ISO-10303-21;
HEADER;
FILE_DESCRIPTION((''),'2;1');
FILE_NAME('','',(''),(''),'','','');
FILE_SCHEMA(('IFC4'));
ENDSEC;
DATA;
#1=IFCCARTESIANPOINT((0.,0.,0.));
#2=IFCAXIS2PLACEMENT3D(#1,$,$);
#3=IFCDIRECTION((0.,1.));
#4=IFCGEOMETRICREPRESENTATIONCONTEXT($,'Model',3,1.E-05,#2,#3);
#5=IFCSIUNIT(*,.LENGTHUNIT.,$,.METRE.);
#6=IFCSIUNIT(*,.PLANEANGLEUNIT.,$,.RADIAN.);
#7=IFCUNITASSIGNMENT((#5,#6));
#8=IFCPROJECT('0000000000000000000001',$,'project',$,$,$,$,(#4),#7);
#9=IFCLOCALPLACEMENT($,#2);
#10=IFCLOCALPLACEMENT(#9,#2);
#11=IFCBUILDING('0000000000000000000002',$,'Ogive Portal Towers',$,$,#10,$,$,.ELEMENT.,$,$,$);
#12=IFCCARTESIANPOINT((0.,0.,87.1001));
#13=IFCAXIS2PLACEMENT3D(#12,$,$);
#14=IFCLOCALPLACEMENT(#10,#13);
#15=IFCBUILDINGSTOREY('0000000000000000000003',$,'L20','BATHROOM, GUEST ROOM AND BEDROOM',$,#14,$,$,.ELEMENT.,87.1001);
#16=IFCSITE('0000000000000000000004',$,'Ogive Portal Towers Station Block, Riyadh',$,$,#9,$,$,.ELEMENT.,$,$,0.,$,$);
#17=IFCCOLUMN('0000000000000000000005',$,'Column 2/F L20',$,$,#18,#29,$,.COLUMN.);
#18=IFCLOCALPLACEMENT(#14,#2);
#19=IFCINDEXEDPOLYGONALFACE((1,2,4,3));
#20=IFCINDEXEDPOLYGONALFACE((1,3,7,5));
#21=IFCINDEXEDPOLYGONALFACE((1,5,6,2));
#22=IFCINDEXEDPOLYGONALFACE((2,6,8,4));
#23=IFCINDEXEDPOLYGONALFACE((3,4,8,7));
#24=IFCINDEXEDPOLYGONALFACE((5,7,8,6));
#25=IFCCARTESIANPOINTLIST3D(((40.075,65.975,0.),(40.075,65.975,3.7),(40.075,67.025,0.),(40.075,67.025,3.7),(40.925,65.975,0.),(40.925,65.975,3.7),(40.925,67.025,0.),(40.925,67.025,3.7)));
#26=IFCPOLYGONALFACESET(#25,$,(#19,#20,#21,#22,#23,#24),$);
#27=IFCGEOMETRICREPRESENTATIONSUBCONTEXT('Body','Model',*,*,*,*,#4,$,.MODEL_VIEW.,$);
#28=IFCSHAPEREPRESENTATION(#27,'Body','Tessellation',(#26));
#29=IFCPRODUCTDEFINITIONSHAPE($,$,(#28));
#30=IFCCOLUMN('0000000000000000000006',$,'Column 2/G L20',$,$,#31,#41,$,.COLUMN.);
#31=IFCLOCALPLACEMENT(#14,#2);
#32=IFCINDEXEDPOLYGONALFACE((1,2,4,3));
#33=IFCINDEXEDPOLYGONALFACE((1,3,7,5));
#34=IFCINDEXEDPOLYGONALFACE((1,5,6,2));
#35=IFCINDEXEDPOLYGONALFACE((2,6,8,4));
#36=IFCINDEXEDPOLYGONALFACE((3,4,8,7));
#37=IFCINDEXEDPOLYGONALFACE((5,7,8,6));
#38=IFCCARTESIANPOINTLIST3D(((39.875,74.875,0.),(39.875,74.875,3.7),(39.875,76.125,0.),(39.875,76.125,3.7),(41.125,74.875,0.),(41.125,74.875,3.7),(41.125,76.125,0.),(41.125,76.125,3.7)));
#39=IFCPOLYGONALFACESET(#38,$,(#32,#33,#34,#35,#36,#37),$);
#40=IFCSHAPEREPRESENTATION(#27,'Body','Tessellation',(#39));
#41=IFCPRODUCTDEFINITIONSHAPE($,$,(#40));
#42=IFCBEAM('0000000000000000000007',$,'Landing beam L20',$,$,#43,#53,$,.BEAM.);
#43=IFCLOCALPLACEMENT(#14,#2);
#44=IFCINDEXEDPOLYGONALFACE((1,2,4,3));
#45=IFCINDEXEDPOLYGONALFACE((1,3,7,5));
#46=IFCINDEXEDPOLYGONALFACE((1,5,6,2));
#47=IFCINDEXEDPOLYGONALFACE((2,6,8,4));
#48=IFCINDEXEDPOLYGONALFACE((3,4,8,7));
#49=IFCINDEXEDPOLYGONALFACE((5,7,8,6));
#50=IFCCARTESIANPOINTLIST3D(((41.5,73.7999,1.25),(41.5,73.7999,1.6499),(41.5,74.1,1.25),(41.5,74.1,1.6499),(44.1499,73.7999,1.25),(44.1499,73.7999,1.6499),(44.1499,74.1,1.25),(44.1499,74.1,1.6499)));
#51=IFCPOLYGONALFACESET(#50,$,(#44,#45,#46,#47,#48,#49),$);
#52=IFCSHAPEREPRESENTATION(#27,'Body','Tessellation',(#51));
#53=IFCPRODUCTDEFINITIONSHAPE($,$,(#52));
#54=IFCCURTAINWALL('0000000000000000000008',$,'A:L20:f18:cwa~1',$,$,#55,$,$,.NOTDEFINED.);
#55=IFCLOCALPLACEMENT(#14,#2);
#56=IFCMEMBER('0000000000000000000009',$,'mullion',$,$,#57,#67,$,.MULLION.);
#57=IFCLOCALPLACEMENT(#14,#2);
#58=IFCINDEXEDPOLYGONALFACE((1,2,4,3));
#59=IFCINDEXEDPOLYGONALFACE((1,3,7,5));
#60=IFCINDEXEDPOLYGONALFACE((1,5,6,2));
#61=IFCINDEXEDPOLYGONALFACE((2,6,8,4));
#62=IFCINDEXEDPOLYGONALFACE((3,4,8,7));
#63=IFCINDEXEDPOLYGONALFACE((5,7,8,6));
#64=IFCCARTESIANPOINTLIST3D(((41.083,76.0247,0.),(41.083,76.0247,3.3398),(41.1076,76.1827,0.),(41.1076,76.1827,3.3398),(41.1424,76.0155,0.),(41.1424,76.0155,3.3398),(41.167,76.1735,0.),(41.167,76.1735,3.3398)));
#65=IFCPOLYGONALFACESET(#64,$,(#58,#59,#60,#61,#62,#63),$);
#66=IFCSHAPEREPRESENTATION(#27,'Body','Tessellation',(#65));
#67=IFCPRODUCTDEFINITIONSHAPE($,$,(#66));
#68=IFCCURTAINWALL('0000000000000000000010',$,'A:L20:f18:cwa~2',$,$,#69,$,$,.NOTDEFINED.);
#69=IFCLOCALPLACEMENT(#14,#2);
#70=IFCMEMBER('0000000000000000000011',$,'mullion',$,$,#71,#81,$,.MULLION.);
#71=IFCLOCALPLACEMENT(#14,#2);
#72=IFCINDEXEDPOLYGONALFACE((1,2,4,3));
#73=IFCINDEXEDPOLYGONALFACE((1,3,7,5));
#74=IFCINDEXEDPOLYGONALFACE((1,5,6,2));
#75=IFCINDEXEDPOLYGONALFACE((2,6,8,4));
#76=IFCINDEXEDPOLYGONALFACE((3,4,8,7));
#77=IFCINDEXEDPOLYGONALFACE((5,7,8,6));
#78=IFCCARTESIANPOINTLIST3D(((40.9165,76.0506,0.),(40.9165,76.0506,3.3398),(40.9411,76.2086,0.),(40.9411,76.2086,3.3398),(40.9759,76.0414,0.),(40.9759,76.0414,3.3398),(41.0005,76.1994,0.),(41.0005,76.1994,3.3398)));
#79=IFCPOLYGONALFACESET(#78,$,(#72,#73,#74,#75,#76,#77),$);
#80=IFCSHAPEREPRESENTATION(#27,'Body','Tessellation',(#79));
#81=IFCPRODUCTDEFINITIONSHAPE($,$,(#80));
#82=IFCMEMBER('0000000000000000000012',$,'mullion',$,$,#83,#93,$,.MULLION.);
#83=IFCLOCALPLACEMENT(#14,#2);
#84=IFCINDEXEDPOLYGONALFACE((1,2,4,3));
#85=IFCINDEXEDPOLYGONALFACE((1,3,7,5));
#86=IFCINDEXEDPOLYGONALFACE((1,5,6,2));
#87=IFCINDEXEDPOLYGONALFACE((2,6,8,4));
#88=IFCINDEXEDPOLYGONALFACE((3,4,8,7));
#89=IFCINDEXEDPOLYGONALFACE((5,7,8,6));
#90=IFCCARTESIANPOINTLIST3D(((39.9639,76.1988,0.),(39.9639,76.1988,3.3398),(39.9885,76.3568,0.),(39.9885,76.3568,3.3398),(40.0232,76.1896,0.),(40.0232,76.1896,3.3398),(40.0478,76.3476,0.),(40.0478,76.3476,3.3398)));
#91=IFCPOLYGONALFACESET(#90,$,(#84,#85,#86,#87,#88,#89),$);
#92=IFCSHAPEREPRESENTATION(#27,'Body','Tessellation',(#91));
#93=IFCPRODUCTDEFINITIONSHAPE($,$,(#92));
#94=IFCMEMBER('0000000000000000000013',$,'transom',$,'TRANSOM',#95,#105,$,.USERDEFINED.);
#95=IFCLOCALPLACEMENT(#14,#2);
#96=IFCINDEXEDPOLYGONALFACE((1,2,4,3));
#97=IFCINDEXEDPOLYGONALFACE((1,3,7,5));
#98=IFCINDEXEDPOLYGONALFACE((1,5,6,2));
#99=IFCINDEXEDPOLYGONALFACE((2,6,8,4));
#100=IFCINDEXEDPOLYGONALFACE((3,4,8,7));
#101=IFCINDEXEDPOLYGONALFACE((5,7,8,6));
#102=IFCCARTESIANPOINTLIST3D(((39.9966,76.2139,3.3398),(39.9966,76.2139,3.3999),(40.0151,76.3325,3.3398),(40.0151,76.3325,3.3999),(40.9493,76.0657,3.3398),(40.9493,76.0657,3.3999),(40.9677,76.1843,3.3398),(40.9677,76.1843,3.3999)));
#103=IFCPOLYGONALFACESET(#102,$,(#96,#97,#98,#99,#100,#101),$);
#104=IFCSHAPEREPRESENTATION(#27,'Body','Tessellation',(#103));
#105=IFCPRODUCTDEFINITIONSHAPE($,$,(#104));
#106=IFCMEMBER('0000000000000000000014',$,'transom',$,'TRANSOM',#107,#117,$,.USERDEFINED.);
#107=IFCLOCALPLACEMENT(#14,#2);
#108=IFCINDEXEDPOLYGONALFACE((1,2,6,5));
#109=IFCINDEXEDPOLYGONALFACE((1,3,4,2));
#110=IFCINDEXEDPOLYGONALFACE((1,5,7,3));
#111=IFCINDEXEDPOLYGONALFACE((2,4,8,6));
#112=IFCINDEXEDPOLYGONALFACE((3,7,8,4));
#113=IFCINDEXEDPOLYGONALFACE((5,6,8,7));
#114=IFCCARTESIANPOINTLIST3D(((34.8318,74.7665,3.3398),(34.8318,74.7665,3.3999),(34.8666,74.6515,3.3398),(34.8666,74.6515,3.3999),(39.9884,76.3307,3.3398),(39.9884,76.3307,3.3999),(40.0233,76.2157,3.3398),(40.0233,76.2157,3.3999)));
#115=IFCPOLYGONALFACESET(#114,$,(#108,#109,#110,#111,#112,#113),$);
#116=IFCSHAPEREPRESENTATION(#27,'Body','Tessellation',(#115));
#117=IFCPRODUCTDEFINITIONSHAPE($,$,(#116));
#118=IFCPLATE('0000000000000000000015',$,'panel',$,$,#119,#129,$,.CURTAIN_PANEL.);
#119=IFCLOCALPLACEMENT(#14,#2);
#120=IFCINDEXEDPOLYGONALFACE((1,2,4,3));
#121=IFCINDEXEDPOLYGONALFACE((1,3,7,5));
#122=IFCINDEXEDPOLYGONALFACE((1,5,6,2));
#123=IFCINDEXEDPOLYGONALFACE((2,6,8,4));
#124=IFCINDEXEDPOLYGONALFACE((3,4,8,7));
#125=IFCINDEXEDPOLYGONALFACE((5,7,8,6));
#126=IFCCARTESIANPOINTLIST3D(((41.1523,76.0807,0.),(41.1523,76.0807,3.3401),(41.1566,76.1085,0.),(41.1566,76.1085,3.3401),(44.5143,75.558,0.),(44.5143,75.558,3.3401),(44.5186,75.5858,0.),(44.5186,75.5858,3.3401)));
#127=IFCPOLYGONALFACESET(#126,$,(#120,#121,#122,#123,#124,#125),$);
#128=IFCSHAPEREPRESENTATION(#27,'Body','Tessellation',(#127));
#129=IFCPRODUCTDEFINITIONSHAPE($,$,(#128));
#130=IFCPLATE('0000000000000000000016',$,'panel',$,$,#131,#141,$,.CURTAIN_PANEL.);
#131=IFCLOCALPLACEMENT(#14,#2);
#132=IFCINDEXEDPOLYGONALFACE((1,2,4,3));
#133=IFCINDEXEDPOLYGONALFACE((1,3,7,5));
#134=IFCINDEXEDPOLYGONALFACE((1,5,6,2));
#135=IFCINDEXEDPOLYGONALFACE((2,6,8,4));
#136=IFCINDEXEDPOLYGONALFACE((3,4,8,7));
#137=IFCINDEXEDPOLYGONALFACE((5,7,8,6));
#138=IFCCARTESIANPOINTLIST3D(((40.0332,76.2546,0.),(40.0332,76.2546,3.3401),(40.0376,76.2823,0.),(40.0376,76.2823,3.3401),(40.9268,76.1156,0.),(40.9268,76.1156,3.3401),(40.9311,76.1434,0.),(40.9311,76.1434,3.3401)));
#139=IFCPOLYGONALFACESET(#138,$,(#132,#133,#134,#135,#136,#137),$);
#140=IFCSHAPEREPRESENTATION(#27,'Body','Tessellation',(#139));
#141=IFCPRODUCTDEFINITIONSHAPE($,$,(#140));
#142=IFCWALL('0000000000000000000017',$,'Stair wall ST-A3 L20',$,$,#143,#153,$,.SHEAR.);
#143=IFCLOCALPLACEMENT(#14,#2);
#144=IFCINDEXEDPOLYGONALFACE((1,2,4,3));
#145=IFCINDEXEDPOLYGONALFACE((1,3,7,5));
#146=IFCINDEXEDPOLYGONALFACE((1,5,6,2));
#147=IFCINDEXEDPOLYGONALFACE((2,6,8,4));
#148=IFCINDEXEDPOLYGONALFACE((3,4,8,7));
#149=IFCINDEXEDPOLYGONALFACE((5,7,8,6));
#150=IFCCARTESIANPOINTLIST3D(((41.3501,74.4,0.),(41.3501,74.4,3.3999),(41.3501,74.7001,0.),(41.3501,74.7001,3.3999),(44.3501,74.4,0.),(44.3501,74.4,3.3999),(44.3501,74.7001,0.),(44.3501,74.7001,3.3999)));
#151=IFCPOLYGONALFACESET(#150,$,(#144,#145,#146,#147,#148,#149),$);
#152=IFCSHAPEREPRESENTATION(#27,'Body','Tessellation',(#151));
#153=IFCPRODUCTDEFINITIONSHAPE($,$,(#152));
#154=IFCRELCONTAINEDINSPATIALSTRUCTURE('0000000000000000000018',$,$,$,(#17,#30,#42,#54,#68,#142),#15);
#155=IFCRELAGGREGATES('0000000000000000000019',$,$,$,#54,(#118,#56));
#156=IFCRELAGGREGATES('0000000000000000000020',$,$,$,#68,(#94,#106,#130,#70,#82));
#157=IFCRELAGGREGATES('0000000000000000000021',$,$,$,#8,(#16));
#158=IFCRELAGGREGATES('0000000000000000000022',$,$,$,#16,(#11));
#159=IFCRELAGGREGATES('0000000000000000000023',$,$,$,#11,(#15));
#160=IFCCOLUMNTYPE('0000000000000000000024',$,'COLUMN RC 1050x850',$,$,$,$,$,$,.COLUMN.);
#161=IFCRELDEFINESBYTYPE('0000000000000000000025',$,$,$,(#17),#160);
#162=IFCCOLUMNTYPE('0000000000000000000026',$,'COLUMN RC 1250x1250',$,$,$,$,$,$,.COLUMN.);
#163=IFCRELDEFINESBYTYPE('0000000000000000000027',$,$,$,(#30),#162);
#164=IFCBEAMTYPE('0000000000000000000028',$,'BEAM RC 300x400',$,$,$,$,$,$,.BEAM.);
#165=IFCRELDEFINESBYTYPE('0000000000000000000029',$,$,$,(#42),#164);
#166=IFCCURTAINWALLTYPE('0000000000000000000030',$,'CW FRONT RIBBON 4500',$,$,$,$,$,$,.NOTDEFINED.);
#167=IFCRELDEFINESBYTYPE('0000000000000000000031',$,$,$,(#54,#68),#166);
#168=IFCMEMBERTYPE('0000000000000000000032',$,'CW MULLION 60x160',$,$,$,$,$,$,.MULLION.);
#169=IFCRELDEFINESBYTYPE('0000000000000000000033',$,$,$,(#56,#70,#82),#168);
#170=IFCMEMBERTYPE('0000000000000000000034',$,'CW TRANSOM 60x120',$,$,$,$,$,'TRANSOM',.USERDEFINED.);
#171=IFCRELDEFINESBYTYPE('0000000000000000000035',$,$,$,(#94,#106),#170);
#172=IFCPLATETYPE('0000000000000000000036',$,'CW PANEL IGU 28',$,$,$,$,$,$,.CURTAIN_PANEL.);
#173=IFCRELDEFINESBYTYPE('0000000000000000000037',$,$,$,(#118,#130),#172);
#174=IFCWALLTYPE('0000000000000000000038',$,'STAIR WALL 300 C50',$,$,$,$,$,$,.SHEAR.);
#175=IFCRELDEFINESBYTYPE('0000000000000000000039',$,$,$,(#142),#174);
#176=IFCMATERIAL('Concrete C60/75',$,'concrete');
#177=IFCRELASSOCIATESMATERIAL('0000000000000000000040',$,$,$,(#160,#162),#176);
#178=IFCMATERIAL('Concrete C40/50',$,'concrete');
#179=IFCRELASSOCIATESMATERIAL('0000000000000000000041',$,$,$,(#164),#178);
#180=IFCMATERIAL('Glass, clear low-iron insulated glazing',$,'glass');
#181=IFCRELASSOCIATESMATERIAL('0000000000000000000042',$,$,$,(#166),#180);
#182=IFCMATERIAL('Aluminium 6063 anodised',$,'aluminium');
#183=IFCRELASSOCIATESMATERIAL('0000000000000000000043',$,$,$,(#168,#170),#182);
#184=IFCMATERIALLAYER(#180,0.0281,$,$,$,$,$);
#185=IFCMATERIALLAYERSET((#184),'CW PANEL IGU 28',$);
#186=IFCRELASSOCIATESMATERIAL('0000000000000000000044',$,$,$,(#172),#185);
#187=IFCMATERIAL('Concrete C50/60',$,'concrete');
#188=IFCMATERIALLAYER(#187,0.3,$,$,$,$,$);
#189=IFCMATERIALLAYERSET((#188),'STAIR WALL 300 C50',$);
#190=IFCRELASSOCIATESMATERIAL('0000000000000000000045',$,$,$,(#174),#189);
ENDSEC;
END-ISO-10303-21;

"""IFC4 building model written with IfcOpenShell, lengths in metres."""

from ifc_helpers import new_model, si_unit, direction, frame, frame_2d, origin, origin_2d, place, context, subcontext, project, spatial, rectangle, extrude, material, layer, layer_set, material_profile, profile_set, type_object, element, aggregate, save


model = new_model("IFC4")

# Units and contexts
model_context = context("Model", 3, precision=1e-05, world=origin(), true_north=direction((0.0, 1.0)))
body_context = subcontext(model_context, "Body", "Model", "MODEL_VIEW")
ifc_project = project(units=[si_unit("LENGTHUNIT", "METRE"), si_unit("PLANEANGLEUNIT", "RADIAN")], contexts=[model_context])

# Site, building, storey
site_placement = place(None, origin())
site = spatial("IfcSite", under=ifc_project, at=site_placement, Name="Ogive Portal Towers Station Block, Riyadh", CompositionType="ELEMENT", RefElevation=0.0)
building_placement = place(site_placement, origin())
building = spatial("IfcBuilding", under=site, at=building_placement, Name="Ogive Portal Towers", CompositionType="ELEMENT")
storey_placement = place(building_placement, frame((0.0, 0.0, 87.1001)))
storey = spatial("IfcBuildingStorey", under=building, at=storey_placement, Name="L20", Description="BATHROOM, GUEST ROOM AND BEDROOM", CompositionType="ELEMENT", Elevation=87.1001)

# Columns
ifc_material_1 = material(Name="Concrete C60/75", Category="concrete")
ifc_material_profile_1 = material_profile(ifc_material_1, rectangle(XDim=1.05, YDim=0.8501, at=origin_2d()), Name="RC 1050x850")
ifc_profile_set_1 = profile_set([ifc_material_profile_1], Name="Concrete C60/75")
column_type_1 = type_object("IfcColumnType", Name="COLUMN RC 1050x850", PredefinedType="COLUMN", material=ifc_profile_set_1)
column_1_placement = place(storey_placement, frame((40.5, 66.5, 0.0), z_axis=(0.0, 0.0, 1.0), x_axis=(0.0, 1.0, 0.0)))
element("IfcColumn", 1, at=column_1_placement, inside=storey, type_object=column_type_1, Name="Column 2/F L20", PredefinedType="COLUMN", context=body_context, shape_type="SweptSolid", body=[
    extrude(rectangle(XDim=1.05, YDim=0.8501, at=origin_2d()), origin(), (0.0, 0.0, 1.0), 3.7),
])
ifc_material_profile_2 = material_profile(ifc_material_1, rectangle(XDim=1.25, YDim=1.25, at=origin_2d()), Name="RC 1250x1250")
ifc_profile_set_2 = profile_set([ifc_material_profile_2], Name="Concrete C60/75")
column_type_2 = type_object("IfcColumnType", Name="COLUMN RC 1250x1250", PredefinedType="COLUMN", material=ifc_profile_set_2)
column_2_placement = place(storey_placement, frame((40.5, 75.5, 0.0), z_axis=(0.0, 0.0, 1.0), x_axis=(1.0, 0.0, 0.0)))
element("IfcColumn", 2, at=column_2_placement, inside=storey, type_object=column_type_2, Name="Column 2/G L20", PredefinedType="COLUMN", context=body_context, shape_type="SweptSolid", body=[
    extrude(rectangle(XDim=1.25, YDim=1.25, at=origin_2d()), origin(), (0.0, 0.0, 1.0), 3.7),
])

# Beam
ifc_material_2 = material(Name="Concrete C40/50", Category="concrete")
ifc_material_profile_3 = material_profile(ifc_material_2, rectangle(XDim=0.3, YDim=0.3999, at=origin_2d()), Name="RC 300x400")
ifc_profile_set_3 = profile_set([ifc_material_profile_3], Name="Concrete C40/50")
beam_type = type_object("IfcBeamType", Name="BEAM RC 300x400", PredefinedType="BEAM", material=ifc_profile_set_3)
beam_placement = place(storey_placement, frame((41.5, 73.95, 1.45), z_axis=(1.0, 0.0, 0.0), x_axis=(0.0, 1.0, 0.0)))
element("IfcBeam", 3, at=beam_placement, inside=storey, type_object=beam_type, Name="Landing beam L20", PredefinedType="BEAM", context=body_context, shape_type="SweptSolid", body=[
    extrude(rectangle(XDim=0.3, YDim=0.3999, at=origin_2d()), origin(), (0.0, 0.0, 1.0), 2.6499),
])

# Curtain wall, member
ifc_material_3 = material(Name="Glass, clear low-iron insulated glazing", Category="glass")
curtain_wall_type = type_object("IfcCurtainWallType", Name="CW FRONT RIBBON 4500", PredefinedType="NOTDEFINED", material=ifc_material_3)
curtain_wall_1_placement = place(storey_placement, origin())
curtain_wall_1 = element("IfcCurtainWall", 4, at=curtain_wall_1_placement, inside=storey, type_object=curtain_wall_type, Name="A:L20:f18:cwa~1", PredefinedType="NOTDEFINED")
ifc_material_4 = material(Name="Aluminium 6063 anodised", Category="aluminium")
ifc_material_profile_4 = material_profile(ifc_material_4, rectangle(XDim=0.1599, YDim=0.0601, at=origin_2d()), Name="AL 60x160")
ifc_profile_set_4 = profile_set([ifc_material_profile_4], Name="Aluminium 6063 anodised")
member_type_1 = type_object("IfcMemberType", Name="CW MULLION 60x160", PredefinedType="MULLION", material=ifc_profile_set_4)
member_1_placement = place(storey_placement, frame((41.125, 76.0991, 0.0), z_axis=(0.0, 0.0, 1.0), x_axis=(-0.153636, -0.988128, 0.0)))
member_1 = element("IfcMember", 5, at=member_1_placement, type_object=member_type_1, Name="mullion", PredefinedType="MULLION", context=body_context, shape_type="SweptSolid", body=[
    extrude(rectangle(XDim=0.1599, YDim=0.0601, at=origin_2d()), origin(), (0.0, 0.0, 1.0), 3.3398),
])

# Curtain wall, members
curtain_wall_2_placement = place(storey_placement, origin())
curtain_wall_2 = element("IfcCurtainWall", 6, at=curtain_wall_2_placement, inside=storey, type_object=curtain_wall_type, Name="A:L20:f18:cwa~2", PredefinedType="NOTDEFINED")
member_2_placement = place(storey_placement, frame((40.9585, 76.125, 0.0), z_axis=(0.0, 0.0, 1.0), x_axis=(-0.153636, -0.988128, 0.0)))
member_2 = element("IfcMember", 7, at=member_2_placement, type_object=member_type_1, Name="mullion", PredefinedType="MULLION", context=body_context, shape_type="SweptSolid", body=[
    extrude(rectangle(XDim=0.1599, YDim=0.0601, at=origin_2d()), origin(), (0.0, 0.0, 1.0), 3.3398),
])
member_3_placement = place(storey_placement, frame((40.0059, 76.2732, 0.0), z_axis=(0.0, 0.0, 1.0), x_axis=(-0.153636, -0.988128, 0.0)))
member_3 = element("IfcMember", 8, at=member_3_placement, type_object=member_type_1, Name="mullion", PredefinedType="MULLION", context=body_context, shape_type="SweptSolid", body=[
    extrude(rectangle(XDim=0.1599, YDim=0.0601, at=origin_2d()), origin(), (0.0, 0.0, 1.0), 3.3398),
])
ifc_material_profile_5 = material_profile(ifc_material_4, rectangle(XDim=0.1201, YDim=0.0601, at=origin_2d()), Name="AL 120x60")
ifc_profile_set_5 = profile_set([ifc_material_profile_5], Name="Aluminium 6063 anodised")
member_type_2 = type_object("IfcMemberType", Name="CW TRANSOM 60x120", ElementType="TRANSOM", PredefinedType="USERDEFINED", material=ifc_profile_set_5)
member_4_placement = place(storey_placement, frame((40.9585, 76.125, 3.3699), z_axis=(-0.988116, 0.153713, 0.0), x_axis=(-0.153713, -0.988116, 0.0)))
member_4 = element("IfcMember", 9, at=member_4_placement, type_object=member_type_2, Name="transom", ObjectType="TRANSOM", PredefinedType="USERDEFINED", context=body_context, shape_type="SweptSolid", body=[
    extrude(rectangle(XDim=0.1201, YDim=0.0601, at=origin_2d()), origin(), (0.0, 0.0, 1.0), 0.9641),
])
member_5_placement = place(storey_placement, frame((40.0059, 76.2732, 3.3699), z_axis=(-0.956944, -0.290273, 0.0), x_axis=(0.290273, -0.956944, 0.0)))
member_5 = element("IfcMember", 10, at=member_5_placement, type_object=member_type_2, Name="transom", ObjectType="TRANSOM", PredefinedType="USERDEFINED", context=body_context, shape_type="SweptSolid", body=[
    extrude(rectangle(XDim=0.1201, YDim=0.0601, at=origin_2d()), origin(), (0.0, 0.0, 1.0), 5.3887),
])

# Plates
ifc_layer_1 = layer(ifc_material_3, 0.0281)
ifc_layer_set_1 = layer_set([ifc_layer_1], Name="CW PANEL IGU 28")
plate_type = type_object("IfcPlateType", Name="CW PANEL IGU 28", PredefinedType="CURTAIN_PANEL", material=ifc_layer_set_1)
plate_1_placement = place(storey_placement, frame((42.8354, 75.8333, 0.0), z_axis=(0.0, 0.0, 1.0), x_axis=(-0.988128, 0.153636, 0.0)))
plate_1 = element("IfcPlate", 11, at=plate_1_placement, type_object=plate_type, Name="panel", PredefinedType="CURTAIN_PANEL", context=body_context, shape_type="SweptSolid", body=[
    extrude(rectangle(XDim=3.4023, YDim=0.0281, at=origin_2d()), origin(), (0.0, 0.0, 1.0), 3.3401),
])
aggregate(curtain_wall_1, [plate_1, member_1])
plate_2_placement = place(storey_placement, frame((40.4822, 76.199, 0.0), z_axis=(0.0, 0.0, 1.0), x_axis=(-0.988128, 0.153636, 0.0)))
plate_2 = element("IfcPlate", 12, at=plate_2_placement, type_object=plate_type, Name="panel", PredefinedType="CURTAIN_PANEL", context=body_context, shape_type="SweptSolid", body=[
    extrude(rectangle(XDim=0.9043, YDim=0.0281, at=origin_2d()), origin(), (0.0, 0.0, 1.0), 3.3401),
])
aggregate(curtain_wall_2, [member_4, member_5, plate_2, member_2, member_3])

# Wall
ifc_material_5 = material(Name="Concrete C50/60", Category="concrete")
ifc_layer_2 = layer(ifc_material_5, 0.3)
ifc_layer_set_2 = layer_set([ifc_layer_2], Name="STAIR WALL 300 C50")
wall_type = type_object("IfcWallType", Name="STAIR WALL 300 C50", PredefinedType="SHEAR", material=ifc_layer_set_2)
wall_placement = place(storey_placement, frame((41.3501, 74.55, 0.0), z_axis=(0.0, 0.0, 1.0), x_axis=(1.0, 0.0, 0.0)))
element("IfcWall", 13, at=wall_placement, inside=storey, type_object=wall_type, Name="Stair wall ST-A3 L20", PredefinedType="SHEAR", context=body_context, shape_type="SweptSolid", body=[
    extrude(rectangle(XDim=3.0, YDim=0.3, at=frame_2d((1.5, 0.0))), origin(), (0.0, 0.0, 1.0), 3.3999),
])

save(model, "model.ifc")
